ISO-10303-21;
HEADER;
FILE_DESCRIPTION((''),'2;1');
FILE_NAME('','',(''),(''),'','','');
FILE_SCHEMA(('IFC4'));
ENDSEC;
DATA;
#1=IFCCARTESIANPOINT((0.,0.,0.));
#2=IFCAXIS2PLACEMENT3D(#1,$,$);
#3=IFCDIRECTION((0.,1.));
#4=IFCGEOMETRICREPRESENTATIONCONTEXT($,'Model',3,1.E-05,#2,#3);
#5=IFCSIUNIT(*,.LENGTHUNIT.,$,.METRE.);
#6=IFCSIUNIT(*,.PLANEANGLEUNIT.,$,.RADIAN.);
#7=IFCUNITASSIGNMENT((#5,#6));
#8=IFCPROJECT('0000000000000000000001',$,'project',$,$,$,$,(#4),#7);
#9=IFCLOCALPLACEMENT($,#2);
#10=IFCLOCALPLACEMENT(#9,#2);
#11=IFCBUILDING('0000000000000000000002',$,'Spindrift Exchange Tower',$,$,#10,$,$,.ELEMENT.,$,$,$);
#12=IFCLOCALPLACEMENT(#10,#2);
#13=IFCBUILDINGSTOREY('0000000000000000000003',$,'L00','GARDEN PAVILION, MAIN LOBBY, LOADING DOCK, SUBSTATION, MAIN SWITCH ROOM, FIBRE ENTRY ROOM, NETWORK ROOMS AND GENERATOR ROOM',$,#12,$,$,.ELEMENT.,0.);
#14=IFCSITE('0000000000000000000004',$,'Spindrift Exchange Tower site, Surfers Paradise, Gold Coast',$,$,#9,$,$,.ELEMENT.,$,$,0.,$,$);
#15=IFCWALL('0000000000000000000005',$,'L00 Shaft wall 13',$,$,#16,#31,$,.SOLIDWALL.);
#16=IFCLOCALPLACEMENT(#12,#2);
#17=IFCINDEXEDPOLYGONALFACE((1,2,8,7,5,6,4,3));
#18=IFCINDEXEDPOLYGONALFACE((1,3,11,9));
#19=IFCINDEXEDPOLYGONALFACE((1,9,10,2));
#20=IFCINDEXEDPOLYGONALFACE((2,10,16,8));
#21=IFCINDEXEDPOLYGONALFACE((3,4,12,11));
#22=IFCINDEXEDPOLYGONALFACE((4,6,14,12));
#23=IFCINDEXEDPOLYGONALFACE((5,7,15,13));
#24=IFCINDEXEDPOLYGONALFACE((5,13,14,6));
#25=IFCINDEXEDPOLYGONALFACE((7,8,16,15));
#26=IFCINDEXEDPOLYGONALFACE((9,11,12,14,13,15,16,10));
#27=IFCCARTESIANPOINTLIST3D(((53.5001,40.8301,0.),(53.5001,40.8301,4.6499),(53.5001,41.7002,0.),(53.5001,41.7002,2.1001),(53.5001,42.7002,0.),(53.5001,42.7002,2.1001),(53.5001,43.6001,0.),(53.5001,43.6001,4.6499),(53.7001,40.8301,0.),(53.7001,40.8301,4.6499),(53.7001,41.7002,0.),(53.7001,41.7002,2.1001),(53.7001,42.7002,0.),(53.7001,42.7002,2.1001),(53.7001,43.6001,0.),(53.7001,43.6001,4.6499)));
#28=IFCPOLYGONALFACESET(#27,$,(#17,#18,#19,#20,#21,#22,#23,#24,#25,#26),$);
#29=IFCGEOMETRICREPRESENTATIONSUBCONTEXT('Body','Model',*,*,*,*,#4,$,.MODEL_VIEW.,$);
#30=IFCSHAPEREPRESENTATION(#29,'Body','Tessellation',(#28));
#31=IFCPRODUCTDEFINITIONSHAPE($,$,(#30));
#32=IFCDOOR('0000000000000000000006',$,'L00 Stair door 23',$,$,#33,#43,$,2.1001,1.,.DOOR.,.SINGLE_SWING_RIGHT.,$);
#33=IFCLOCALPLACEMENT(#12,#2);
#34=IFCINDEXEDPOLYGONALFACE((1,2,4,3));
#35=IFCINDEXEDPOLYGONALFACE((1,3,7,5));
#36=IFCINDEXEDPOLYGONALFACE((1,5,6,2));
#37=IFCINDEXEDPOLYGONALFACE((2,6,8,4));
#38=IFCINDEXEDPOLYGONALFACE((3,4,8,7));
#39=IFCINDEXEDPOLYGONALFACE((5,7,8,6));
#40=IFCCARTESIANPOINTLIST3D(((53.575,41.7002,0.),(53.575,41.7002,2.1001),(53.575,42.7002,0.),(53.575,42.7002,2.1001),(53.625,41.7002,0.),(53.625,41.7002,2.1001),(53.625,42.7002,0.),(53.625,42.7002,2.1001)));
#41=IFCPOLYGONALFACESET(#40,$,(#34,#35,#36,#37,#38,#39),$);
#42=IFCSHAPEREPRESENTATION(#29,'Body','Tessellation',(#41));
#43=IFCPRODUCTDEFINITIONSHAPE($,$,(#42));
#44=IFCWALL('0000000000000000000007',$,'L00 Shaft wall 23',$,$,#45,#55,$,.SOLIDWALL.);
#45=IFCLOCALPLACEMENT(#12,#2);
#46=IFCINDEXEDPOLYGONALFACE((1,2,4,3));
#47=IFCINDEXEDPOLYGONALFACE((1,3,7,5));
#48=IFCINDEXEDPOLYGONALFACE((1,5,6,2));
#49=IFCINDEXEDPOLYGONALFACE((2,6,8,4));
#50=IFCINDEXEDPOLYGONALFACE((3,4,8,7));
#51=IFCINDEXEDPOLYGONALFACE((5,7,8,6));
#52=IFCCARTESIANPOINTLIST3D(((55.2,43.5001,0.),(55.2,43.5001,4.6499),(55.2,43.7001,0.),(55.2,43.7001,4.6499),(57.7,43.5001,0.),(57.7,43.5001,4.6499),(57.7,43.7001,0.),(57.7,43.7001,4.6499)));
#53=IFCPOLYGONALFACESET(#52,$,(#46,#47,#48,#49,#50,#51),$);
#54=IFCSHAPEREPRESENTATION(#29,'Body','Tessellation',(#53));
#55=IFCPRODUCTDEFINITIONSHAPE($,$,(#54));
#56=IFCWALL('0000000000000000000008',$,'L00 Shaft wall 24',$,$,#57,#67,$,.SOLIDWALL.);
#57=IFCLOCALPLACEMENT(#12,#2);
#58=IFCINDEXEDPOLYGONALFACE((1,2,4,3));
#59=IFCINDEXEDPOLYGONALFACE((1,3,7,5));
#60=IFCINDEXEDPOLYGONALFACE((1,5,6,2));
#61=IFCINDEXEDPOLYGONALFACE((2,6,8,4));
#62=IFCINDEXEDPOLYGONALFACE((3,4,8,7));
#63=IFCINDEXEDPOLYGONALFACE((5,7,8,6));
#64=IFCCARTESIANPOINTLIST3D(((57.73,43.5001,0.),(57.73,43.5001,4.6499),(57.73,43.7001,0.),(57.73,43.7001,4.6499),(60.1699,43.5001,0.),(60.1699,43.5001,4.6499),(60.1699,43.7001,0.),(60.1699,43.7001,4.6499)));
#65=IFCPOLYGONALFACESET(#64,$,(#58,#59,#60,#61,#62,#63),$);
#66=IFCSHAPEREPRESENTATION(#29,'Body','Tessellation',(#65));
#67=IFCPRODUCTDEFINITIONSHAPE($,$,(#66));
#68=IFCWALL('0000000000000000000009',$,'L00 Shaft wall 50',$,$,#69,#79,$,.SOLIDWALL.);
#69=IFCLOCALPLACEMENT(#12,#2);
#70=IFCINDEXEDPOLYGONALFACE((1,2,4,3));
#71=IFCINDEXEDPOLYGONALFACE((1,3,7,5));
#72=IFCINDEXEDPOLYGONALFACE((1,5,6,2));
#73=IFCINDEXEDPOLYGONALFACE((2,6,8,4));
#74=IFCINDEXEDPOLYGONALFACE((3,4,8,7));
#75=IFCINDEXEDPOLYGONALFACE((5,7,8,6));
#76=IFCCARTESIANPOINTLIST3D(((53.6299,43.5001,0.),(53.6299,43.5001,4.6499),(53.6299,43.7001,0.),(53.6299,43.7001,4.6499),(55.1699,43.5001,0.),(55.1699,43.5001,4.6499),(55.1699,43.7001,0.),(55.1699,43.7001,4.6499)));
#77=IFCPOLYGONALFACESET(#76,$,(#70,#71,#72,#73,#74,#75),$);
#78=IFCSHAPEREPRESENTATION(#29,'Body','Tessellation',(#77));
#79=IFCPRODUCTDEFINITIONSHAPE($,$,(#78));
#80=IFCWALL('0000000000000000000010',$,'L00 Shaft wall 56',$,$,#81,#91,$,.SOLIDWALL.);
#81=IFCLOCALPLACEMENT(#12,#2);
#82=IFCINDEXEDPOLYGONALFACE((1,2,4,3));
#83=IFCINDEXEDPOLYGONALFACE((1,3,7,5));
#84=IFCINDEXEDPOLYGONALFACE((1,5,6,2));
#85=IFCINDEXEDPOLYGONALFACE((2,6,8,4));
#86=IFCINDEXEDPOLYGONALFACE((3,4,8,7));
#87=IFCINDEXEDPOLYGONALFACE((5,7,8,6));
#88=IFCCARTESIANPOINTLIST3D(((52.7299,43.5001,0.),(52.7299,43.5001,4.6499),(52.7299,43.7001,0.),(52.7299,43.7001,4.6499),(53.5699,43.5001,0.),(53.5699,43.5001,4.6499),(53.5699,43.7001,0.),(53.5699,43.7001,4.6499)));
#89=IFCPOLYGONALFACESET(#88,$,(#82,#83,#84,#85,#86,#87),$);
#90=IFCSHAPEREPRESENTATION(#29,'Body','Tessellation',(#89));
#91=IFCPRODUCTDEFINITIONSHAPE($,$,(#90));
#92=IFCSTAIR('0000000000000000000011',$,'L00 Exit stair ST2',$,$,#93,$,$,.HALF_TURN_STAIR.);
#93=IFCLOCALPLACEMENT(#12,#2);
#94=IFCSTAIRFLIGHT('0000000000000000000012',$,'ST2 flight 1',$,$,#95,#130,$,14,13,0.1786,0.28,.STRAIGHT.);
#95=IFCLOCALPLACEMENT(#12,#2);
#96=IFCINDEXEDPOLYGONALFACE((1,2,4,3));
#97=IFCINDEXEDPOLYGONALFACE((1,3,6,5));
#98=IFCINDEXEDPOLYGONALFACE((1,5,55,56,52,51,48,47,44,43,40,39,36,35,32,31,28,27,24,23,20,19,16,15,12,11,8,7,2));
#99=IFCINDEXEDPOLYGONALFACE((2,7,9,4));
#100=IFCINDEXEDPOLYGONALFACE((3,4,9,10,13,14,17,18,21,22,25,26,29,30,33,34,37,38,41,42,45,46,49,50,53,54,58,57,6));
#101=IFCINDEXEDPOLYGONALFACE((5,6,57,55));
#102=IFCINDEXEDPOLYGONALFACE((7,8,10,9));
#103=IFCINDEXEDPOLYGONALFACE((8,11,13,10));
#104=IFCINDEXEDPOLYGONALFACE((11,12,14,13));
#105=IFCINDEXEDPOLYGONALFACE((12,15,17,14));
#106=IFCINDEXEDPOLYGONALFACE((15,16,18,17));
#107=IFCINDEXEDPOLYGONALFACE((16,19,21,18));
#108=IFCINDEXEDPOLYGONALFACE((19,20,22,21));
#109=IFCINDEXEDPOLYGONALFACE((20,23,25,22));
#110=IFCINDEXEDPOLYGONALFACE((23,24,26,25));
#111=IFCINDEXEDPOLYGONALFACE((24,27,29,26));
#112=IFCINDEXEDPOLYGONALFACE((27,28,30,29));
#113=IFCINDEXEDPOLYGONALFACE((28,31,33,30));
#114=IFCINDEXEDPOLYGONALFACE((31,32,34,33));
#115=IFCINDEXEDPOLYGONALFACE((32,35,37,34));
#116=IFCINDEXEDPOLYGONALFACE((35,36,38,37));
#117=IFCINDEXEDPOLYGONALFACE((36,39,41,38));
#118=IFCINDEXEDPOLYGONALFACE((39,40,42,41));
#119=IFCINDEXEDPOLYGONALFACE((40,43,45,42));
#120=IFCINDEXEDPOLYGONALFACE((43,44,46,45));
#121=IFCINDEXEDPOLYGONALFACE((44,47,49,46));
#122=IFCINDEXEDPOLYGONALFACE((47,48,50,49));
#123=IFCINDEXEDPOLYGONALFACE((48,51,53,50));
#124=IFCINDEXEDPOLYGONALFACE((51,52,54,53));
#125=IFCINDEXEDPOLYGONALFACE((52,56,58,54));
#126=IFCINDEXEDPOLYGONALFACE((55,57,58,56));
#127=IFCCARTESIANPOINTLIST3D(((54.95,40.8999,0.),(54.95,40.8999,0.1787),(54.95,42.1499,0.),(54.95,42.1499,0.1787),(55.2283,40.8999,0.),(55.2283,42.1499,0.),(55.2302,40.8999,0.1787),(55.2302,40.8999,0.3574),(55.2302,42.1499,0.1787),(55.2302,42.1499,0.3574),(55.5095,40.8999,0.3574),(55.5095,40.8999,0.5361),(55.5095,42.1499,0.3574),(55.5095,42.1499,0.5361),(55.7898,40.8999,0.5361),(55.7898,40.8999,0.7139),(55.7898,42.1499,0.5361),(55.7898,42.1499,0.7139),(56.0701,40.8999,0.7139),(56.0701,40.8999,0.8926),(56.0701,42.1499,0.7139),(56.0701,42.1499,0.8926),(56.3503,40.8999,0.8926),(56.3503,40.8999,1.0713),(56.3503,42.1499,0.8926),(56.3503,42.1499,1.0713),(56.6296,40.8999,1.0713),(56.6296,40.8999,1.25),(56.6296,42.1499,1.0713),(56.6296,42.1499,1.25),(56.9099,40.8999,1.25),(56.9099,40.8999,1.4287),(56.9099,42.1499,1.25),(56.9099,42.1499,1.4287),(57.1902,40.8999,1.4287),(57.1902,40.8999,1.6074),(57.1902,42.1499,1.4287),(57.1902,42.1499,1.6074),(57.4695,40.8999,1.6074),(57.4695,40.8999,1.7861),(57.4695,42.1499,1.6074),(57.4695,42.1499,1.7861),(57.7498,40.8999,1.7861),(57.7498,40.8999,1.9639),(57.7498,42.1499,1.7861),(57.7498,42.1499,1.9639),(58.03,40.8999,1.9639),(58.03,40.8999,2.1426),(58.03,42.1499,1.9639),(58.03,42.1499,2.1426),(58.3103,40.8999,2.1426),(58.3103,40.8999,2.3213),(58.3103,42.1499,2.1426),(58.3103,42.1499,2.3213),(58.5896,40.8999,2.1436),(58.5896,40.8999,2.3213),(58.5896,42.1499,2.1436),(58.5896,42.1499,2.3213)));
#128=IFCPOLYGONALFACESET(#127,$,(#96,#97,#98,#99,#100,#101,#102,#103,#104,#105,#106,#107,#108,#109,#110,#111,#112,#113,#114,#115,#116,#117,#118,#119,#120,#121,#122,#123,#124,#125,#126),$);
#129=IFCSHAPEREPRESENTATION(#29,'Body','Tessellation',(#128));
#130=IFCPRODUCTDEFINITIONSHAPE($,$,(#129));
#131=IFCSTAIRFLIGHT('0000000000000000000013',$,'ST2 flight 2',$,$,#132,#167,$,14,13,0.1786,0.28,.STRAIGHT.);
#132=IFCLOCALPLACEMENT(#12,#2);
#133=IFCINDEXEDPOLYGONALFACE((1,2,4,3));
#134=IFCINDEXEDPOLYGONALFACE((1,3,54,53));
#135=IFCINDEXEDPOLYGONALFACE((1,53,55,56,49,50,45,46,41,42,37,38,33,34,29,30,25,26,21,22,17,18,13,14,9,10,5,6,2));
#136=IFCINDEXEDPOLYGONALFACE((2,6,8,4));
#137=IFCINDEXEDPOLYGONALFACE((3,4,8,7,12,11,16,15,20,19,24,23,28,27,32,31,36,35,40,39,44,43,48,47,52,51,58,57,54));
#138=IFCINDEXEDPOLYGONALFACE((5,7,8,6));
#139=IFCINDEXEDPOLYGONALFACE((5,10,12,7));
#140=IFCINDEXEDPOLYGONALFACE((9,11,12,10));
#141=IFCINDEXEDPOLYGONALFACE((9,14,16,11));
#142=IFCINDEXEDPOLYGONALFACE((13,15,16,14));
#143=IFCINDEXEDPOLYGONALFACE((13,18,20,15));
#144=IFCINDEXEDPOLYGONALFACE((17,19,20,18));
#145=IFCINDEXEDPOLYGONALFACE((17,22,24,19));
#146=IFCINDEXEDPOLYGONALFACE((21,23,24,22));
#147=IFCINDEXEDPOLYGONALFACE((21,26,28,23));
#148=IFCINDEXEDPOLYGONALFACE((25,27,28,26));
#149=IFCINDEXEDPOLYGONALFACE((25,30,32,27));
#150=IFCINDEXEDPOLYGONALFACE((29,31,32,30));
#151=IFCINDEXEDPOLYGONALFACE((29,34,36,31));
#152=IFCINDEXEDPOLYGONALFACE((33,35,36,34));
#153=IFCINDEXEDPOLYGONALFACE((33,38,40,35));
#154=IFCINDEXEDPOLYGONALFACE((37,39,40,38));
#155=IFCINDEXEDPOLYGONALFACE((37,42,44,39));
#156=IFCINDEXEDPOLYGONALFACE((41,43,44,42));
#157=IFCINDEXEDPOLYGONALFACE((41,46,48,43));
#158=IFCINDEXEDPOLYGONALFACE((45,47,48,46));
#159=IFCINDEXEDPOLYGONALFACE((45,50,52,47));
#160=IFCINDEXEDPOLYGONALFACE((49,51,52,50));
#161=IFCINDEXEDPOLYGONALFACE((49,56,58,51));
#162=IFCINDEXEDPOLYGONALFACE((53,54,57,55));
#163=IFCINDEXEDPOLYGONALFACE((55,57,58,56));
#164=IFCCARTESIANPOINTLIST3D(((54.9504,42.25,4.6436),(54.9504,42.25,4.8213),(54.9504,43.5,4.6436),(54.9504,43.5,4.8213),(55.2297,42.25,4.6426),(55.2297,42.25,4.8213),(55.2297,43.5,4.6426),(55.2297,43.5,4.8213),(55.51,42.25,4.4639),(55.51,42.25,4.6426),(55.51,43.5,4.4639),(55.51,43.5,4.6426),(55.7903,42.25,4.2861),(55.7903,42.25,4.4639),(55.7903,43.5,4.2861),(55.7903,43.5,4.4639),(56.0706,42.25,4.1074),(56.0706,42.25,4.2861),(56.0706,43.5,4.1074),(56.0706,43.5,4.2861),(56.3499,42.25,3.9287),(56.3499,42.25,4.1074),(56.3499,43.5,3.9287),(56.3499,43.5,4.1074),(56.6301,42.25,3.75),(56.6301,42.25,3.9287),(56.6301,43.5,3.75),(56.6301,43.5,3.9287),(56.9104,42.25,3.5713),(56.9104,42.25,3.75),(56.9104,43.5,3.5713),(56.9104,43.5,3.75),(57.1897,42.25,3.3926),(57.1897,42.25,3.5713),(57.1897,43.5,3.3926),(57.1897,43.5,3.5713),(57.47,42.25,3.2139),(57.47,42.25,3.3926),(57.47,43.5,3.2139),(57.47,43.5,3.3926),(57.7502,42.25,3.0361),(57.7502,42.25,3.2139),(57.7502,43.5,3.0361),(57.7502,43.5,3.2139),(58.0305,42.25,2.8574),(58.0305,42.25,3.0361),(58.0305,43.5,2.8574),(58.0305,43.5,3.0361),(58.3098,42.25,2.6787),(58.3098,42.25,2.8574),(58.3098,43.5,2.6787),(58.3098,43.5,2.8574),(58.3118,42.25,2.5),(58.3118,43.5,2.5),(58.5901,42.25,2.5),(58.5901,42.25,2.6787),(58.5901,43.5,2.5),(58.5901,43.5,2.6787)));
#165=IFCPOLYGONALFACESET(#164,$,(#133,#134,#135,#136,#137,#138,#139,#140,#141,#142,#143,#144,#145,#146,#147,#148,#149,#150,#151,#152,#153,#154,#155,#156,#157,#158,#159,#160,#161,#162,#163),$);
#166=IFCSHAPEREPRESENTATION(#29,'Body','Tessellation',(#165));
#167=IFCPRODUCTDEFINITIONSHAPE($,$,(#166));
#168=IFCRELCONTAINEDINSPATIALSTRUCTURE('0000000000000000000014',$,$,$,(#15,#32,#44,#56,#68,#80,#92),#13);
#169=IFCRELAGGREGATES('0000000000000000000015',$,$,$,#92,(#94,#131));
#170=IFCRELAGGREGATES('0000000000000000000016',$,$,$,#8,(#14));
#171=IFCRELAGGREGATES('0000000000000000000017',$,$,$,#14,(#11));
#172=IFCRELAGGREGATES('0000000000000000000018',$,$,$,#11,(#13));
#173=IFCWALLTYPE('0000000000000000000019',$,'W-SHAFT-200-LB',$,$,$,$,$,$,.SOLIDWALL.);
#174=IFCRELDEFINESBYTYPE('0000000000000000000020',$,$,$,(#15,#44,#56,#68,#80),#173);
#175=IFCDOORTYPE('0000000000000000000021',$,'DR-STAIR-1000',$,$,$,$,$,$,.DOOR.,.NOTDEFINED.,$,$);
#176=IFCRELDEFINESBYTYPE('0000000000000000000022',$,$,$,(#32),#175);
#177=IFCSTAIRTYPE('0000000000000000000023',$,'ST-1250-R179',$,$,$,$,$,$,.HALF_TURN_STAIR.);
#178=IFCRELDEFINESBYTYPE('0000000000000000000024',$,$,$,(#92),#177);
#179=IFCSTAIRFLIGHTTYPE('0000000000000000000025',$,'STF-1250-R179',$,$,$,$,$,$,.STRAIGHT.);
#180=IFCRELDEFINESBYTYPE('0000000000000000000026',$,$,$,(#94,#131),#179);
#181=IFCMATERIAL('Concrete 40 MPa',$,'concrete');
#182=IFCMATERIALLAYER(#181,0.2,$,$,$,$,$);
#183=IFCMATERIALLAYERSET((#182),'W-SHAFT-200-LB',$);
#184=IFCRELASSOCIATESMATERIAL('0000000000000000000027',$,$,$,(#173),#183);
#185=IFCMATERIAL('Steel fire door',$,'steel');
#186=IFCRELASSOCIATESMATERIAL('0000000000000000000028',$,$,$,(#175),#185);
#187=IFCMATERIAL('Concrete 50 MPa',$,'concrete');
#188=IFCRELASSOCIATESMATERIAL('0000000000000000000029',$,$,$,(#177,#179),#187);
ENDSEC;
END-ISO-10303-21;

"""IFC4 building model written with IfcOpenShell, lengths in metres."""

from ifc_helpers import new_model, si_unit, direction, frame, frame_2d, origin, place, context, subcontext, project, spatial, line, indexed_curve, rectangle, outline, extrude, source, transform, mapped, material, layer, layer_set, type_object, element, fill, aggregate, save


model = new_model("IFC4")

# Units and contexts
model_context = context("Model", 3, precision=1e-05, world=origin(), true_north=direction((0.0, 1.0)))
body_context = subcontext(model_context, "Body", "Model", "MODEL_VIEW")
ifc_project = project(units=[si_unit("LENGTHUNIT", "METRE"), si_unit("PLANEANGLEUNIT", "RADIAN")], contexts=[model_context])

# Site, building, storey
site_placement = place(None, origin())
site = spatial("IfcSite", under=ifc_project, at=site_placement, Name="Spindrift Exchange Tower site, Surfers Paradise, Gold Coast", CompositionType="ELEMENT", RefElevation=0.0)
building_placement = place(site_placement, origin())
building = spatial("IfcBuilding", under=site, at=building_placement, Name="Spindrift Exchange Tower", CompositionType="ELEMENT")
storey_placement = place(building_placement, origin())
storey = spatial("IfcBuildingStorey", under=building, at=storey_placement, Name="L00", Description="GARDEN PAVILION, MAIN LOBBY, LOADING DOCK, SUBSTATION, MAIN SWITCH ROOM, FIBRE ENTRY ROOM, NETWORK ROOMS AND GENERATOR ROOM", CompositionType="ELEMENT", Elevation=0.0)

# Shared definitions
ifc_material_1 = material(Name="Concrete 40 MPa", Category="concrete")

# Wall, opening, door
ifc_layer_1 = layer(ifc_material_1, 0.2)
ifc_layer_set_1 = layer_set([ifc_layer_1], Name="W-SHAFT-200-LB")
wall_type_1 = type_object("IfcWallType", Name="W-SHAFT-200-LB", PredefinedType="SOLIDWALL", material=ifc_layer_set_1)
ifc_material_2 = material(Name="Steel fire door", Category="steel")
wall_1_placement = place(storey_placement, frame((53.6001, 43.6001, 0.0), z_axis=(0.0, 0.0, 1.0), x_axis=(0.0, -1.0, 0.0)))
wall_1 = element("IfcWall", 1, at=wall_1_placement, inside=storey, type_object=wall_type_1, Name="L00 Shaft wall 13", PredefinedType="SOLIDWALL", context=body_context, shape_type="SweptSolid", body=[
    extrude(rectangle(XDim=2.77, YDim=0.2, at=frame_2d((1.385, 0.0))), origin(), (0.0, 0.0, 1.0), 4.6499),
])
opening_1_placement = place(wall_1_placement, frame((0.8999, 0.0, 0.0)))
opening_1 = element("IfcOpeningElement", 2, at=opening_1_placement, cuts=wall_1, PredefinedType="OPENING", context=body_context, shape_type="SweptSolid", body=[
    extrude(rectangle(XDim=1.0, YDim=2.1001, at=frame_2d((0.5, 1.05))), frame((0.0, 0.1099, 0.0), z_axis=(0.0, -1.0, 0.0), x_axis=(1.0, 0.0, 0.0)), (0.0, 0.0, 1.0), 0.22),
])
door_type_1 = type_object("IfcDoorType", Name="DR-STAIR-1000", OperationType="NOTDEFINED", PredefinedType="DOOR", material=ifc_material_2)
shared_shape_1 = source(origin(), body_context, "Body", "SweptSolid", [
    extrude(rectangle(XDim=1.0, YDim=2.1001, at=frame_2d((0.5, 1.05))), frame((0.0, 0.0249, 0.0), z_axis=(0.0, -1.0, 0.0), x_axis=(1.0, 0.0, 0.0)), (0.0, 0.0, 1.0), 0.05),
])
door_1_placement = place(opening_1_placement, origin())
door_1 = element("IfcDoor", 3, at=door_1_placement, inside=storey, type_object=door_type_1, Name="L00 Stair door 23", OperationType="SINGLE_SWING_RIGHT", OverallHeight=2.1001, OverallWidth=1.0, PredefinedType="DOOR", context=body_context, shape_type="MappedRepresentation", body=[
    mapped(shared_shape_1, transform((0.0, 0.0, 0.0), scale=1.0)),
])
fill(opening_1, door_1)

# Walls
wall_2_placement = place(storey_placement, frame((55.2, 43.6001, 0.0), z_axis=(0.0, 0.0, 1.0), x_axis=(1.0, 0.0, 0.0)))
element("IfcWall", 4, at=wall_2_placement, inside=storey, type_object=wall_type_1, Name="L00 Shaft wall 23", PredefinedType="SOLIDWALL", context=body_context, shape_type="SweptSolid", body=[
    extrude(rectangle(XDim=2.5, YDim=0.2, at=frame_2d((1.25, 0.0))), origin(), (0.0, 0.0, 1.0), 4.6499),
])
wall_3_placement = place(storey_placement, frame((57.73, 43.6001, 0.0), z_axis=(0.0, 0.0, 1.0), x_axis=(1.0, 0.0, 0.0)))
element("IfcWall", 5, at=wall_3_placement, inside=storey, type_object=wall_type_1, Name="L00 Shaft wall 24", PredefinedType="SOLIDWALL", context=body_context, shape_type="SweptSolid", body=[
    extrude(rectangle(XDim=2.4399, YDim=0.2, at=frame_2d((1.22, 0.0))), origin(), (0.0, 0.0, 1.0), 4.6499),
])
wall_4_placement = place(storey_placement, frame((53.6299, 43.6001, 0.0), z_axis=(0.0, 0.0, 1.0), x_axis=(1.0, 0.0, 0.0)))
element("IfcWall", 6, at=wall_4_placement, inside=storey, type_object=wall_type_1, Name="L00 Shaft wall 50", PredefinedType="SOLIDWALL", context=body_context, shape_type="SweptSolid", body=[
    extrude(rectangle(XDim=1.54, YDim=0.2, at=frame_2d((0.77, 0.0))), origin(), (0.0, 0.0, 1.0), 4.6499),
])
wall_5_placement = place(storey_placement, frame((52.73, 43.6001, 0.0), z_axis=(0.0, 0.0, 1.0), x_axis=(1.0, 0.0, 0.0)))
element("IfcWall", 7, at=wall_5_placement, inside=storey, type_object=wall_type_1, Name="L00 Shaft wall 56", PredefinedType="SOLIDWALL", context=body_context, shape_type="SweptSolid", body=[
    extrude(rectangle(XDim=0.8401, YDim=0.2, at=frame_2d((0.4199, 0.0))), origin(), (0.0, 0.0, 1.0), 4.6499),
])

# Stair, stair flights
ifc_material_3 = material(Name="Concrete 50 MPa", Category="concrete")
stair_type = type_object("IfcStairType", Name="ST-1250-R179", PredefinedType="HALF_TURN_STAIR", material=ifc_material_3)
stair_placement = place(storey_placement, origin())
stair = element("IfcStair", 8, at=stair_placement, inside=storey, type_object=stair_type, Name="L00 Exit stair ST2", PredefinedType="HALF_TURN_STAIR")
stair_flight_type = type_object("IfcStairFlightType", Name="STF-1250-R179", PredefinedType="STRAIGHT", material=ifc_material_3)
stair_flight_1_placement = place(storey_placement, frame((54.95, 41.5249, 0.0), z_axis=(0.0, 0.0, 1.0), x_axis=(1.0, 0.0, 0.0)))
stair_flight_1 = element("IfcStairFlight", 9, at=stair_flight_1_placement, type_object=stair_flight_type, Name="ST2 flight 1", NumberOfRisers=14, NumberOfTreads=13, PredefinedType="STRAIGHT", RiserHeight=0.1786, TreadLength=0.28, context=body_context, shape_type="SweptSolid", body=[
    extrude(outline(indexed_curve([(0.0, 0.0), (0.0, 0.1787), (0.2803, 0.1787), (0.2803, 0.3574), (0.5596, 0.3574), (0.5596, 0.5361), (0.8398, 0.5361), (0.8398, 0.7139), (1.1201, 0.7139), (1.1201, 0.8926), (1.4004, 0.8926), (1.4004, 1.0713), (1.6797, 1.0713), (1.6797, 1.25), (1.96, 1.25), (1.96, 1.4287), (2.2402, 1.4287), (2.2402, 1.6074), (2.5195, 1.6074), (2.5195, 1.7861), (2.7998, 1.7861), (2.7998, 1.9639), (3.0801, 1.9639), (3.0801, 2.1426), (3.3604, 2.1426), (3.3604, 2.3213), (3.6396, 2.3213), (3.6396, 2.5), (3.6396, 2.1436), (0.2783, 0.0)], segments=[line(1, 2, 3, 4, 5, 6, 7, 8, 9, 10, 11, 12, 13, 14, 15, 16, 17, 18, 19, 20, 21, 22, 23, 24, 25, 26, 27, 28, 29, 30, 1)], self_intersect=False)), frame((0.0, 0.625, 0.0), z_axis=(0.0, -1.0, 0.0), x_axis=(1.0, 0.0, 0.0)), (0.0, 0.0, 1.0), 1.25),
])
stair_flight_2_placement = place(storey_placement, frame((58.5901, 42.875, 2.5), z_axis=(0.0, 0.0, 1.0), x_axis=(-1.0, 0.0, 0.0)))
stair_flight_2 = element("IfcStairFlight", 10, at=stair_flight_2_placement, type_object=stair_flight_type, Name="ST2 flight 2", NumberOfRisers=14, NumberOfTreads=13, PredefinedType="STRAIGHT", RiserHeight=0.1786, TreadLength=0.28, context=body_context, shape_type="SweptSolid", body=[
    extrude(outline(indexed_curve([(0.0, 0.0), (0.0, 0.1787), (0.2803, 0.1787), (0.2803, 0.3574), (0.5596, 0.3574), (0.5596, 0.5361), (0.8398, 0.5361), (0.8398, 0.7139), (1.1201, 0.7139), (1.1201, 0.8926), (1.4004, 0.8926), (1.4004, 1.0713), (1.6797, 1.0713), (1.6797, 1.25), (1.96, 1.25), (1.96, 1.4287), (2.2402, 1.4287), (2.2402, 1.6074), (2.5195, 1.6074), (2.5195, 1.7861), (2.7998, 1.7861), (2.7998, 1.9639), (3.0801, 1.9639), (3.0801, 2.1426), (3.3604, 2.1426), (3.3604, 2.3213), (3.6396, 2.3213), (3.6396, 2.5), (3.6396, 2.1436), (0.2783, 0.0)], segments=[line(1, 2, 3, 4, 5, 6, 7, 8, 9, 10, 11, 12, 13, 14, 15, 16, 17, 18, 19, 20, 21, 22, 23, 24, 25, 26, 27, 28, 29, 30, 1)], self_intersect=False)), frame((0.0, 0.625, 0.0), z_axis=(0.0, -1.0, 0.0), x_axis=(1.0, 0.0, 0.0)), (0.0, 0.0, 1.0), 1.25),
])
aggregate(stair, [stair_flight_1, stair_flight_2])

save(model, "model.ifc")
